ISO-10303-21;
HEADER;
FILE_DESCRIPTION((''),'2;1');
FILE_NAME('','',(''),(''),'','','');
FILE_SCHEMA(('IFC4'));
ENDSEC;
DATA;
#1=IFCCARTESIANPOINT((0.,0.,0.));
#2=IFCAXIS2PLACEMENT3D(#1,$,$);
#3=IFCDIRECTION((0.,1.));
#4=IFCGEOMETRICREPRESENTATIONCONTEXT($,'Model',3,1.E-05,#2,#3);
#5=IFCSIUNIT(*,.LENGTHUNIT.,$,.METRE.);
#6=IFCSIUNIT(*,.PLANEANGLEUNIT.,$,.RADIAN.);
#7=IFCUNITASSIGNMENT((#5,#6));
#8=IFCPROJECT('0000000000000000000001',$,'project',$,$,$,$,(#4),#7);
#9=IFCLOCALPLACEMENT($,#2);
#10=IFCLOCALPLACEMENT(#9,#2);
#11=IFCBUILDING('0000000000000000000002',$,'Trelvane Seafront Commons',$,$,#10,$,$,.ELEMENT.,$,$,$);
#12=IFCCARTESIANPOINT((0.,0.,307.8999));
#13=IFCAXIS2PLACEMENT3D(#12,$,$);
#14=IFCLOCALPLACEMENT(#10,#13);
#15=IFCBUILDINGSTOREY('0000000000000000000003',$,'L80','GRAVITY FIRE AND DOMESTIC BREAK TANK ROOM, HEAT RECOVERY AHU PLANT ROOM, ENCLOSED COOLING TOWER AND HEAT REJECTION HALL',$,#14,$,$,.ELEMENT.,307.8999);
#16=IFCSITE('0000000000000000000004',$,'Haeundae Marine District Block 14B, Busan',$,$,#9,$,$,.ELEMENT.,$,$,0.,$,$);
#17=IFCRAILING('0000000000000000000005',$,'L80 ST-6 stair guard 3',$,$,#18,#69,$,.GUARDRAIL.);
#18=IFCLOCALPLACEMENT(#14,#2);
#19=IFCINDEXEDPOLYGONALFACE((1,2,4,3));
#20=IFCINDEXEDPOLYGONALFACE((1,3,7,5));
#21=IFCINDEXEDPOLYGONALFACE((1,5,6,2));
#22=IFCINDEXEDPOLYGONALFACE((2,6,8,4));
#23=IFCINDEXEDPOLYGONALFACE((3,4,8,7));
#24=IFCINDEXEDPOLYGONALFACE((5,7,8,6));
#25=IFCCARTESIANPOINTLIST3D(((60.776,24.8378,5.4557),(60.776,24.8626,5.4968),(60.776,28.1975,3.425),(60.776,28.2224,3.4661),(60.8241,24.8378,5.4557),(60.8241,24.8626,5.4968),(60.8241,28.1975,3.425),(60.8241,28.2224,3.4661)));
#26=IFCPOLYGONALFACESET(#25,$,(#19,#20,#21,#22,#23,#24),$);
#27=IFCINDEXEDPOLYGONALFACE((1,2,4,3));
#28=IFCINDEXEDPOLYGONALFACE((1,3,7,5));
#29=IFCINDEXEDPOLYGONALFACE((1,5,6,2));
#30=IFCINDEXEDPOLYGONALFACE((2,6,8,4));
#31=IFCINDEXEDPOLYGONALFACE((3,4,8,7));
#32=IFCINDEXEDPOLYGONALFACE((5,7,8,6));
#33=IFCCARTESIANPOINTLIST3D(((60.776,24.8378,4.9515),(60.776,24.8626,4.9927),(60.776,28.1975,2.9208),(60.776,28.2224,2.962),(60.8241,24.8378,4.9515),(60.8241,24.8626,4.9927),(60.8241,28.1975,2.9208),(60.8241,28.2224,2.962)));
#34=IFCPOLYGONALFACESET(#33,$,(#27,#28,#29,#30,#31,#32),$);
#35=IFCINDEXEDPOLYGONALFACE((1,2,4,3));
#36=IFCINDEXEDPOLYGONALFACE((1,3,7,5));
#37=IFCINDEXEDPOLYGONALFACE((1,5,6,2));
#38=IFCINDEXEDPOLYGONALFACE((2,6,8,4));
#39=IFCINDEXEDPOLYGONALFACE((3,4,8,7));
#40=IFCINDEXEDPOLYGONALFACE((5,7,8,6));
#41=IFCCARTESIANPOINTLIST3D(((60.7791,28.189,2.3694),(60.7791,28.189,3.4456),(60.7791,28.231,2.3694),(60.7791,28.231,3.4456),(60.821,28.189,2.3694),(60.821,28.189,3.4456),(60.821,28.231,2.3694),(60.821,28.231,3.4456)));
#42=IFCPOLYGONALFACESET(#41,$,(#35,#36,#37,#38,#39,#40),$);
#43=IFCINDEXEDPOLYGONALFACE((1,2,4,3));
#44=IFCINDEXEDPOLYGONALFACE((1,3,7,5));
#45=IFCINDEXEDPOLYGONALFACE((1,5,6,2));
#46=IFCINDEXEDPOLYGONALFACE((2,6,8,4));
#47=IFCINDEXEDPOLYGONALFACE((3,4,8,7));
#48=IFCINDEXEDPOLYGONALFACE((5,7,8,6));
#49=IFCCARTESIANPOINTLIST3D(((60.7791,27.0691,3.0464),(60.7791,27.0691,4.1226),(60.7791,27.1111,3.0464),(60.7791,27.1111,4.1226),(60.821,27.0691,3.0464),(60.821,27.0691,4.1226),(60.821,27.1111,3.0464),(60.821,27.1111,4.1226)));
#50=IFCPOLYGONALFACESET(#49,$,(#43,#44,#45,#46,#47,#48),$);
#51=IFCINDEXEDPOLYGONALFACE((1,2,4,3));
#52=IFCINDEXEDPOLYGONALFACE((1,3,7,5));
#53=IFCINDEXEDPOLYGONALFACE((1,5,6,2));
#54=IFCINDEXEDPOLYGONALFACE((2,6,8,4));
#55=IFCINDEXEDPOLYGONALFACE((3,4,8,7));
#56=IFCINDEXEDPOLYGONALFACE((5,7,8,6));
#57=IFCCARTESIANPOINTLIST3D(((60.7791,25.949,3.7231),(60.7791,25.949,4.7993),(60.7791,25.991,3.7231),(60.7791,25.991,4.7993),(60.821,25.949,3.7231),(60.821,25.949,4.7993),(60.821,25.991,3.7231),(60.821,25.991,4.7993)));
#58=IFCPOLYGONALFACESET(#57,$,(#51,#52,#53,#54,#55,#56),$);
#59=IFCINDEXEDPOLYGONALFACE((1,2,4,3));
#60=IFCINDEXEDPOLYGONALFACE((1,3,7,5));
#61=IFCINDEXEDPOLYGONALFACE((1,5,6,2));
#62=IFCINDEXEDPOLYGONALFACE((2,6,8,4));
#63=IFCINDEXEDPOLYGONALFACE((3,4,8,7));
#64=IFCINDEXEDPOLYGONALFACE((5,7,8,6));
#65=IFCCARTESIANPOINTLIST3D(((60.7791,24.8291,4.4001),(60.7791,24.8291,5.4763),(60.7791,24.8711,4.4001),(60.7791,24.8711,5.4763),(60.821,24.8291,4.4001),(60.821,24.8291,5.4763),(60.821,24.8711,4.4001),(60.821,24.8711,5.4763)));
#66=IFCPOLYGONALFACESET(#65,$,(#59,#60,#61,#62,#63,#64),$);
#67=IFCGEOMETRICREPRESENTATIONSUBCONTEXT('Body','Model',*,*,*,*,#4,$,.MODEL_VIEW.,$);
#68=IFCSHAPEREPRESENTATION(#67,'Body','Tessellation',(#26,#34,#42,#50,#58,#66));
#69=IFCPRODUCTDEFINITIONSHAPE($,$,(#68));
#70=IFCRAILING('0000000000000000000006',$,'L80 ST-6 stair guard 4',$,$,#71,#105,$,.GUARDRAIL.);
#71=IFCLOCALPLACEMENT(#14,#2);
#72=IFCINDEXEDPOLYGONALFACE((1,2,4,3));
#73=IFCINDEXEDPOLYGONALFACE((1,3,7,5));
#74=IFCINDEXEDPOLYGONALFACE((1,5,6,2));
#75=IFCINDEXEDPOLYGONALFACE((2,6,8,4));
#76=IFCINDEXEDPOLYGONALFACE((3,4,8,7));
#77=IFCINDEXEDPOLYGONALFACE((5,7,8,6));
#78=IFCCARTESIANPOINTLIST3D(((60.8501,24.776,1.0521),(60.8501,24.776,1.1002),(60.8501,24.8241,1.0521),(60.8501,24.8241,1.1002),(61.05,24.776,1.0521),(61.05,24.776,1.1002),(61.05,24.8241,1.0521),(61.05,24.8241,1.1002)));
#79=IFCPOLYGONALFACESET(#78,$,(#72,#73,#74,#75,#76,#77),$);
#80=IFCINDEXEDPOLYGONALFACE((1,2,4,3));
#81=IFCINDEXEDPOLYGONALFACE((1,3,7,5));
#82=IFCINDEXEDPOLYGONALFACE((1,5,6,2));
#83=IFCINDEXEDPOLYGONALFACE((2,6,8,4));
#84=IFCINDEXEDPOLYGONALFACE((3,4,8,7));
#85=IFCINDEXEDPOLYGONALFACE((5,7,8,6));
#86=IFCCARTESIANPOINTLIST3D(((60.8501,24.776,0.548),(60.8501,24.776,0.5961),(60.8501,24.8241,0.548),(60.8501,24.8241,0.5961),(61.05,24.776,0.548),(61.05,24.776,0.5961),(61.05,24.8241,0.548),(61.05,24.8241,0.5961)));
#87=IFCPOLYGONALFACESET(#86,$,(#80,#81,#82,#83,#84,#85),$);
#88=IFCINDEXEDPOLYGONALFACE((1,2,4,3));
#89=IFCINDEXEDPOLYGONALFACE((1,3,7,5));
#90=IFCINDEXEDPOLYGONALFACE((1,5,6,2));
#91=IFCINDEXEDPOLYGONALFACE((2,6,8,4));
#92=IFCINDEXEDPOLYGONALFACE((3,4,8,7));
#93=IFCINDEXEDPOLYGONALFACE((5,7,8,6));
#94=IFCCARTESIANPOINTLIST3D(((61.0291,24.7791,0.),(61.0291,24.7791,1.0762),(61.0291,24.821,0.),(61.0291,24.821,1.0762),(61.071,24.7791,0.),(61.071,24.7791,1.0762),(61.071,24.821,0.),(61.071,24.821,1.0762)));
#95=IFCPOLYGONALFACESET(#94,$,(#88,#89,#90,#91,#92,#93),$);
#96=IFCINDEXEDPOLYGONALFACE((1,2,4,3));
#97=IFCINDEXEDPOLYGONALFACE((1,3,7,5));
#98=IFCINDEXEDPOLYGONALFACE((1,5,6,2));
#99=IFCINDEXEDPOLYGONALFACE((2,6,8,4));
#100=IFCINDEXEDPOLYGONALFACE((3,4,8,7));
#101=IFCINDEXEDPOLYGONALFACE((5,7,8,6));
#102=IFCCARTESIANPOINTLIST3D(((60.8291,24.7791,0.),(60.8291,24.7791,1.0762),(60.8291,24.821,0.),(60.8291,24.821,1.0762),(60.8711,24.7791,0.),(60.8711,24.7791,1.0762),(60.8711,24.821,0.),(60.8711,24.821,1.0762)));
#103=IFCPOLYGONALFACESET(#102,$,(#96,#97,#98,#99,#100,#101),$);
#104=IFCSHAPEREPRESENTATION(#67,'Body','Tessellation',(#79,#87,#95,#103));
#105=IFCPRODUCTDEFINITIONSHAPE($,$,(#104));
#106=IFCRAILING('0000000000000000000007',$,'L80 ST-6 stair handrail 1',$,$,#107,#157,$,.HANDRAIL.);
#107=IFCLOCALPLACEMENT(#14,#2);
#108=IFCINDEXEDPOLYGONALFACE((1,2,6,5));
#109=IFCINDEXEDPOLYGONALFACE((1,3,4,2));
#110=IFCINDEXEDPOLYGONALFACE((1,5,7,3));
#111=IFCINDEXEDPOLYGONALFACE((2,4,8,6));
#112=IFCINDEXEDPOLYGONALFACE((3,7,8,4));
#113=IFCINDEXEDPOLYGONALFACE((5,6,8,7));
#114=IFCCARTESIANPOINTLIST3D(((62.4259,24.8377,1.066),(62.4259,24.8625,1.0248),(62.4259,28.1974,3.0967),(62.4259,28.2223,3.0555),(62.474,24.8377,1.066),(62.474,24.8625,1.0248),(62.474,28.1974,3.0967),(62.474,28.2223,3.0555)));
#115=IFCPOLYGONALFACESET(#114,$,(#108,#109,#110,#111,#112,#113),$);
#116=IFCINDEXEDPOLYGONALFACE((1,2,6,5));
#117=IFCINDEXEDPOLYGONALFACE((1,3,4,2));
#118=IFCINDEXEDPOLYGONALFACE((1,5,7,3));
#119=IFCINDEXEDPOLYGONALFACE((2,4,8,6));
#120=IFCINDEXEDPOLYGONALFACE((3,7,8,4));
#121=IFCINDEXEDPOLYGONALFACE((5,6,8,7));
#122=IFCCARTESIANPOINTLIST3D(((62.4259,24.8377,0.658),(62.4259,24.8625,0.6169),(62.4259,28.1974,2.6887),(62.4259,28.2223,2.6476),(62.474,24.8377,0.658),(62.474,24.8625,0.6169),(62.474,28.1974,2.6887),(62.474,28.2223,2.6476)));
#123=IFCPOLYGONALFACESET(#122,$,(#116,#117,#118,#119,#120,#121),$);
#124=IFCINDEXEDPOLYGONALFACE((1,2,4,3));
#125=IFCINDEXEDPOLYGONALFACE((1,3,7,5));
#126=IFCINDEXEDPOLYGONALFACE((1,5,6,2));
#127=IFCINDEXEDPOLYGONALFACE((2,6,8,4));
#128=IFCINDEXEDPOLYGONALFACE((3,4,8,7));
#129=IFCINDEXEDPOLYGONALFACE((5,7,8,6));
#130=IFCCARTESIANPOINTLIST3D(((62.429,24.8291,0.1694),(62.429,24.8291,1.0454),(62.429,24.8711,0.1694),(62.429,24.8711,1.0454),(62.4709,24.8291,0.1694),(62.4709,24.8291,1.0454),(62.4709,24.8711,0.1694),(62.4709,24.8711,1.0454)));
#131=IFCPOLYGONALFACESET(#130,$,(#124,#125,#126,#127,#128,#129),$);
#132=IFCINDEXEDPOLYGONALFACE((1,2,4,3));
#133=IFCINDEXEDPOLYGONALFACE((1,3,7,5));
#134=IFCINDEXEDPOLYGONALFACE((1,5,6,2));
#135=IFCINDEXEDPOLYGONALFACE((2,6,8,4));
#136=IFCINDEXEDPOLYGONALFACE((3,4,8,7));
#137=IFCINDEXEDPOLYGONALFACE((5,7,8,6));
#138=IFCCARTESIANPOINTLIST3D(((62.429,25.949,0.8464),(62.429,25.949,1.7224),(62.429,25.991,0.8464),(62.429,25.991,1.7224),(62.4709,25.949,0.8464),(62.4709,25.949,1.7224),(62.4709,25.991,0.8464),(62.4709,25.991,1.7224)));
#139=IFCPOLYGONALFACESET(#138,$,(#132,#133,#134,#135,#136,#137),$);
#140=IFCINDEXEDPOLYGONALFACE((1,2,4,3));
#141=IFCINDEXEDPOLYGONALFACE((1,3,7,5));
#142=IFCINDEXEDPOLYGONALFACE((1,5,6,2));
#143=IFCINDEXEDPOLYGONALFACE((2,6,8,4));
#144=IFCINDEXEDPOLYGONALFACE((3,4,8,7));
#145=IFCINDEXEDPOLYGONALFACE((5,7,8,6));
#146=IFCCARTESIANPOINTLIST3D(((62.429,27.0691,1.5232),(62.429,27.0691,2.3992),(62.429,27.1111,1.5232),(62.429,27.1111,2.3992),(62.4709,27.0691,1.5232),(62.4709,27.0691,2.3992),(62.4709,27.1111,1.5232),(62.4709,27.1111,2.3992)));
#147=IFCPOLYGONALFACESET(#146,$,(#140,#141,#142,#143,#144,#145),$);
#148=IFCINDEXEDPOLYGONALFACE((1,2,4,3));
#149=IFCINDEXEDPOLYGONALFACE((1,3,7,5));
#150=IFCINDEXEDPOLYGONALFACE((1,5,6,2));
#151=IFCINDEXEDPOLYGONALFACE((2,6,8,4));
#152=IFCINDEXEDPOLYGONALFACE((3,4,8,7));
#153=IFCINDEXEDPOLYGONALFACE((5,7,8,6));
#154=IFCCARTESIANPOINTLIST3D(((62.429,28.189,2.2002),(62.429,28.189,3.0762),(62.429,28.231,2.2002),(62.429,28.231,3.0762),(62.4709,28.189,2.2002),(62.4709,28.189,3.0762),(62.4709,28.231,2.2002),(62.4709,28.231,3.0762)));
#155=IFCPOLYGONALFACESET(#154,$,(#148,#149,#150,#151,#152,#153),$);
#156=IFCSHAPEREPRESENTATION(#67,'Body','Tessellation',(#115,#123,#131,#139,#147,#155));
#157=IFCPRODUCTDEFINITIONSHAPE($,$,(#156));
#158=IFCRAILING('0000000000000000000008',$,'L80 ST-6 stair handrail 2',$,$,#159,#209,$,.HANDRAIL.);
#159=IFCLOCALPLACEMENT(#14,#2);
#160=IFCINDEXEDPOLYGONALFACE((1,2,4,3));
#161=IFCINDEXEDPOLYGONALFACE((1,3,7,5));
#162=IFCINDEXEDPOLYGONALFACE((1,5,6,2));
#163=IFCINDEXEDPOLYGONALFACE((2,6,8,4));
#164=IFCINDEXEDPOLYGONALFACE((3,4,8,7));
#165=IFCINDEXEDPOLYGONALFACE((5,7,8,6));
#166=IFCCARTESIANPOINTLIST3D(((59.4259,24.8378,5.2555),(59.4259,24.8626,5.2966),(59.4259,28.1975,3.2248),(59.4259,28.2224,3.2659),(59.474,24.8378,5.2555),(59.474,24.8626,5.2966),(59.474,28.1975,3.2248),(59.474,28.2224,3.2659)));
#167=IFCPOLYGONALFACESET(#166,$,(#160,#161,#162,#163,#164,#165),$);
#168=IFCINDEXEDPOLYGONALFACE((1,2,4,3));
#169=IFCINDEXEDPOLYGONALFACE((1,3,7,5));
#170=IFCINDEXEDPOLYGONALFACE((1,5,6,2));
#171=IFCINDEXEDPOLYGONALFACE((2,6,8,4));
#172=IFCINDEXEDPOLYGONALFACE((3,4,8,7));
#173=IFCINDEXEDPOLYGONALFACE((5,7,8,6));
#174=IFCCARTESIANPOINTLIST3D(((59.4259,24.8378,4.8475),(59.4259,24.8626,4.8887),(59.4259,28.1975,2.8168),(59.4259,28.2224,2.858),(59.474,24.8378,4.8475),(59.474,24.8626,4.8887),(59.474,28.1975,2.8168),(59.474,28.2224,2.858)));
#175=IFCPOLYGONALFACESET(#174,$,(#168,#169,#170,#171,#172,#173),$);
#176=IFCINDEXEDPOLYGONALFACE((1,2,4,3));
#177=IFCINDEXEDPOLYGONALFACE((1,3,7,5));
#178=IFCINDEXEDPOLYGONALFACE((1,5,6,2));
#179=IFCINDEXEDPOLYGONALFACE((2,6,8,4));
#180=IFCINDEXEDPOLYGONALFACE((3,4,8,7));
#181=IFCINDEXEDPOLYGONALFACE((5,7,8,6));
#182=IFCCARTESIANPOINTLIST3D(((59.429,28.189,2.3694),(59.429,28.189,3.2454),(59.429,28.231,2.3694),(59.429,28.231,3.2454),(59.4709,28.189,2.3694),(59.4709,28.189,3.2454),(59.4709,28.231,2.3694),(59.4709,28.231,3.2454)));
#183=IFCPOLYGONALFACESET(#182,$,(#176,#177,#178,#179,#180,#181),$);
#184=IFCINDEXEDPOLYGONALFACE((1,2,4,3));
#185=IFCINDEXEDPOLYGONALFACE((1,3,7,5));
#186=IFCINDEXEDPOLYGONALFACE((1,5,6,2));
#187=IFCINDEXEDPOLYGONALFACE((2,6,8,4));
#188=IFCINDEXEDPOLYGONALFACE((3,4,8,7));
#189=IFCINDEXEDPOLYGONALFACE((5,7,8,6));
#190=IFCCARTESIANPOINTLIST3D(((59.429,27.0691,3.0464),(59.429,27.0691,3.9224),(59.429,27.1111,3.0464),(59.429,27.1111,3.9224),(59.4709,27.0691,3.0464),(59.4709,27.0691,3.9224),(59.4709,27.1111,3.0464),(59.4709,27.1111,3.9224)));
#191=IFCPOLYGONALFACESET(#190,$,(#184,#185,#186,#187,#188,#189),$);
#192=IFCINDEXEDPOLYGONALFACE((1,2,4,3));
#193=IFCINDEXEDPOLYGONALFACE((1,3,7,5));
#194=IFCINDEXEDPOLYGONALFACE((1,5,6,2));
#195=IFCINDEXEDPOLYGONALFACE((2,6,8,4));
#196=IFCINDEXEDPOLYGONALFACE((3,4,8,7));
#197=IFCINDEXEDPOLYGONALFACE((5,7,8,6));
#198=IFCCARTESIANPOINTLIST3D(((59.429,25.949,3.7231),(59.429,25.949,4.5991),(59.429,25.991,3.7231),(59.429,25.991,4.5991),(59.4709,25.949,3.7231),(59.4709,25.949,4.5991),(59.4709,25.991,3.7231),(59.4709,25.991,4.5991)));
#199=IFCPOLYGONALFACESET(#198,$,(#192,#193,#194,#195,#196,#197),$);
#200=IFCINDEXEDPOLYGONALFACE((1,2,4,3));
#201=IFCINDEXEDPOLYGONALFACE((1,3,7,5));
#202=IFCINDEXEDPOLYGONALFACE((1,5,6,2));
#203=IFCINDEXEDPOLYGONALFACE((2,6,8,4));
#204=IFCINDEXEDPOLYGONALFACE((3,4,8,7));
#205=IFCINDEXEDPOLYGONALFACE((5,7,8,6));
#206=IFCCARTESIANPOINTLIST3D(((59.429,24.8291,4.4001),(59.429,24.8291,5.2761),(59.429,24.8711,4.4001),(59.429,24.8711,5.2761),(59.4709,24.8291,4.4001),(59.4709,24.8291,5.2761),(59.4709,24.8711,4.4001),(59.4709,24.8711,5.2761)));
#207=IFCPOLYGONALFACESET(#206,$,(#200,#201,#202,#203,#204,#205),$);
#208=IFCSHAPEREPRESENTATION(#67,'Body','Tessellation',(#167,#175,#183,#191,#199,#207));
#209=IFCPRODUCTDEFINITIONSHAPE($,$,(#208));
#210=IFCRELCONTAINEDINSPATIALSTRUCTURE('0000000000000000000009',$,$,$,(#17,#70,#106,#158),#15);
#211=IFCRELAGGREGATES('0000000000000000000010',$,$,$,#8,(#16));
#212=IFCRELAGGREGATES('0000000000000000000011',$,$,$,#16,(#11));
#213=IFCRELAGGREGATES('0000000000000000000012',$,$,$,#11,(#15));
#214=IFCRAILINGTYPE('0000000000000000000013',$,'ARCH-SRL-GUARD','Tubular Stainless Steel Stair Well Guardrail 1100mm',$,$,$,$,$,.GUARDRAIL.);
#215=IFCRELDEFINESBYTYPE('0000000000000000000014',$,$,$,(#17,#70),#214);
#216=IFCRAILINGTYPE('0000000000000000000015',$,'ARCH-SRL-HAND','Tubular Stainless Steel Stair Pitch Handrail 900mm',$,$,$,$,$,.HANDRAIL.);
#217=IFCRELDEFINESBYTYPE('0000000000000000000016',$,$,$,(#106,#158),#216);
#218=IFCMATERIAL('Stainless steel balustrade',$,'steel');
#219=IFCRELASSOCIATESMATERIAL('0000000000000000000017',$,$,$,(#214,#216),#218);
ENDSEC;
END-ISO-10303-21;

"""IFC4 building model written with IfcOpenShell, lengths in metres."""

from ifc_helpers import new_model, si_unit, direction, frame, origin, origin_2d, place, context, subcontext, project, spatial, rectangle, extrude, material, type_object, element, save


model = new_model("IFC4")

# Units and contexts
model_context = context("Model", 3, precision=1e-05, world=origin(), true_north=direction((0.0, 1.0)))
body_context = subcontext(model_context, "Body", "Model", "MODEL_VIEW")
ifc_project = project(units=[si_unit("LENGTHUNIT", "METRE"), si_unit("PLANEANGLEUNIT", "RADIAN")], contexts=[model_context])

# Site, building, storey
site_placement = place(None, origin())
site = spatial("IfcSite", under=ifc_project, at=site_placement, Name="Haeundae Marine District Block 14B, Busan", CompositionType="ELEMENT", RefElevation=0.0)
building_placement = place(site_placement, origin())
building = spatial("IfcBuilding", under=site, at=building_placement, Name="Trelvane Seafront Commons", CompositionType="ELEMENT")
storey_placement = place(building_placement, frame((0.0, 0.0, 307.8999)))
storey = spatial("IfcBuildingStorey", under=building, at=storey_placement, Name="L80", Description="GRAVITY FIRE AND DOMESTIC BREAK TANK ROOM, HEAT RECOVERY AHU PLANT ROOM, ENCLOSED COOLING TOWER AND HEAT REJECTION HALL", CompositionType="ELEMENT", Elevation=307.8999)

# Railings
ifc_material_1 = material(Name="Stainless steel balustrade", Category="steel")
railing_type_1 = type_object("IfcRailingType", Name="ARCH-SRL-GUARD", Description="Tubular Stainless Steel Stair Well Guardrail 1100mm", PredefinedType="GUARDRAIL", material=ifc_material_1)
railing_1_placement = place(storey_placement, frame((60.8, 28.21, 2.3694)))
element("IfcRailing", 1, at=railing_1_placement, inside=storey, type_object=railing_type_1, Name="L80 ST-6 stair guard 3", PredefinedType="GUARDRAIL", context=body_context, shape_type="SweptSolid", body=[
    extrude(rectangle(XDim=0.0481, YDim=0.0481, at=origin_2d()), frame((0.0, 0.0, 1.0762), z_axis=(0.0, -0.85582, 0.517273), x_axis=(1.0, 0.0, 0.0)), (0.0, 0.0, 1.0), 3.9258),
    extrude(rectangle(XDim=0.0481, YDim=0.0481, at=origin_2d()), frame((0.0, 0.0, 0.572), z_axis=(0.0, -0.85582, 0.517273), x_axis=(1.0, 0.0, 0.0)), (0.0, 0.0, 1.0), 3.9258),
    extrude(rectangle(XDim=0.042, YDim=0.042, at=origin_2d()), origin(), (0.0, 0.0, 1.0), 1.0762),
    extrude(rectangle(XDim=0.042, YDim=0.042, at=origin_2d()), frame((0.0, -1.1199, 0.677)), (0.0, 0.0, 1.0), 1.0762),
    extrude(rectangle(XDim=0.042, YDim=0.042, at=origin_2d()), frame((0.0, -2.24, 1.3538)), (0.0, 0.0, 1.0), 1.0762),
    extrude(rectangle(XDim=0.042, YDim=0.042, at=origin_2d()), frame((0.0, -3.3599, 2.0308)), (0.0, 0.0, 1.0), 1.0762),
])
railing_2_placement = place(storey_placement, frame((61.05, 24.8, 0.0)))
element("IfcRailing", 2, at=railing_2_placement, inside=storey, type_object=railing_type_1, Name="L80 ST-6 stair guard 4", PredefinedType="GUARDRAIL", context=body_context, shape_type="SweptSolid", body=[
    extrude(rectangle(XDim=0.0481, YDim=0.0481, at=origin_2d()), frame((0.0, 0.0, 1.0762), z_axis=(-1.0, 0.0, 0.0), x_axis=(0.0, -1.0, 0.0)), (0.0, 0.0, 1.0), 0.2),
    extrude(rectangle(XDim=0.0481, YDim=0.0481, at=origin_2d()), frame((0.0, 0.0, 0.572), z_axis=(-1.0, 0.0, 0.0), x_axis=(0.0, -1.0, 0.0)), (0.0, 0.0, 1.0), 0.2),
    extrude(rectangle(XDim=0.042, YDim=0.042, at=origin_2d()), origin(), (0.0, 0.0, 1.0), 1.0762),
    extrude(rectangle(XDim=0.042, YDim=0.042, at=origin_2d()), frame((-0.2, 0.0, 0.0)), (0.0, 0.0, 1.0), 1.0762),
])
railing_type_2 = type_object("IfcRailingType", Name="ARCH-SRL-HAND", Description="Tubular Stainless Steel Stair Pitch Handrail 900mm", PredefinedType="HANDRAIL", material=ifc_material_1)
railing_3_placement = place(storey_placement, frame((62.45, 24.8501, 0.1694)))
element("IfcRailing", 3, at=railing_3_placement, inside=storey, type_object=railing_type_2, Name="L80 ST-6 stair handrail 1", PredefinedType="HANDRAIL", context=body_context, shape_type="SweptSolid", body=[
    extrude(rectangle(XDim=0.0481, YDim=0.0481, at=origin_2d()), frame((0.0, 0.0, 0.876), z_axis=(0.0, 0.85582, 0.517273), x_axis=(-1.0, 0.0, 0.0)), (0.0, 0.0, 1.0), 3.9258),
    extrude(rectangle(XDim=0.0481, YDim=0.0481, at=origin_2d()), frame((0.0, 0.0, 0.468), z_axis=(0.0, 0.85582, 0.517273), x_axis=(-1.0, 0.0, 0.0)), (0.0, 0.0, 1.0), 3.9258),
    extrude(rectangle(XDim=0.042, YDim=0.042, at=origin_2d()), origin(), (0.0, 0.0, 1.0), 0.876),
    extrude(rectangle(XDim=0.042, YDim=0.042, at=origin_2d()), frame((0.0, 1.1199, 0.677)), (0.0, 0.0, 1.0), 0.876),
    extrude(rectangle(XDim=0.042, YDim=0.042, at=origin_2d()), frame((0.0, 2.24, 1.3538)), (0.0, 0.0, 1.0), 0.876),
    extrude(rectangle(XDim=0.042, YDim=0.042, at=origin_2d()), frame((0.0, 3.3599, 2.0308)), (0.0, 0.0, 1.0), 0.876),
])
railing_4_placement = place(storey_placement, frame((59.45, 28.21, 2.3694)))
element("IfcRailing", 4, at=railing_4_placement, inside=storey, type_object=railing_type_2, Name="L80 ST-6 stair handrail 2", PredefinedType="HANDRAIL", context=body_context, shape_type="SweptSolid", body=[
    extrude(rectangle(XDim=0.0481, YDim=0.0481, at=origin_2d()), frame((0.0, 0.0, 0.876), z_axis=(0.0, -0.85582, 0.517273), x_axis=(1.0, 0.0, 0.0)), (0.0, 0.0, 1.0), 3.9258),
    extrude(rectangle(XDim=0.0481, YDim=0.0481, at=origin_2d()), frame((0.0, 0.0, 0.468), z_axis=(0.0, -0.85582, 0.517273), x_axis=(1.0, 0.0, 0.0)), (0.0, 0.0, 1.0), 3.9258),
    extrude(rectangle(XDim=0.042, YDim=0.042, at=origin_2d()), origin(), (0.0, 0.0, 1.0), 0.876),
    extrude(rectangle(XDim=0.042, YDim=0.042, at=origin_2d()), frame((0.0, -1.1199, 0.677)), (0.0, 0.0, 1.0), 0.876),
    extrude(rectangle(XDim=0.042, YDim=0.042, at=origin_2d()), frame((0.0, -2.24, 1.3538)), (0.0, 0.0, 1.0), 0.876),
    extrude(rectangle(XDim=0.042, YDim=0.042, at=origin_2d()), frame((0.0, -3.3599, 2.0308)), (0.0, 0.0, 1.0), 0.876),
])

save(model, "model.ifc")
